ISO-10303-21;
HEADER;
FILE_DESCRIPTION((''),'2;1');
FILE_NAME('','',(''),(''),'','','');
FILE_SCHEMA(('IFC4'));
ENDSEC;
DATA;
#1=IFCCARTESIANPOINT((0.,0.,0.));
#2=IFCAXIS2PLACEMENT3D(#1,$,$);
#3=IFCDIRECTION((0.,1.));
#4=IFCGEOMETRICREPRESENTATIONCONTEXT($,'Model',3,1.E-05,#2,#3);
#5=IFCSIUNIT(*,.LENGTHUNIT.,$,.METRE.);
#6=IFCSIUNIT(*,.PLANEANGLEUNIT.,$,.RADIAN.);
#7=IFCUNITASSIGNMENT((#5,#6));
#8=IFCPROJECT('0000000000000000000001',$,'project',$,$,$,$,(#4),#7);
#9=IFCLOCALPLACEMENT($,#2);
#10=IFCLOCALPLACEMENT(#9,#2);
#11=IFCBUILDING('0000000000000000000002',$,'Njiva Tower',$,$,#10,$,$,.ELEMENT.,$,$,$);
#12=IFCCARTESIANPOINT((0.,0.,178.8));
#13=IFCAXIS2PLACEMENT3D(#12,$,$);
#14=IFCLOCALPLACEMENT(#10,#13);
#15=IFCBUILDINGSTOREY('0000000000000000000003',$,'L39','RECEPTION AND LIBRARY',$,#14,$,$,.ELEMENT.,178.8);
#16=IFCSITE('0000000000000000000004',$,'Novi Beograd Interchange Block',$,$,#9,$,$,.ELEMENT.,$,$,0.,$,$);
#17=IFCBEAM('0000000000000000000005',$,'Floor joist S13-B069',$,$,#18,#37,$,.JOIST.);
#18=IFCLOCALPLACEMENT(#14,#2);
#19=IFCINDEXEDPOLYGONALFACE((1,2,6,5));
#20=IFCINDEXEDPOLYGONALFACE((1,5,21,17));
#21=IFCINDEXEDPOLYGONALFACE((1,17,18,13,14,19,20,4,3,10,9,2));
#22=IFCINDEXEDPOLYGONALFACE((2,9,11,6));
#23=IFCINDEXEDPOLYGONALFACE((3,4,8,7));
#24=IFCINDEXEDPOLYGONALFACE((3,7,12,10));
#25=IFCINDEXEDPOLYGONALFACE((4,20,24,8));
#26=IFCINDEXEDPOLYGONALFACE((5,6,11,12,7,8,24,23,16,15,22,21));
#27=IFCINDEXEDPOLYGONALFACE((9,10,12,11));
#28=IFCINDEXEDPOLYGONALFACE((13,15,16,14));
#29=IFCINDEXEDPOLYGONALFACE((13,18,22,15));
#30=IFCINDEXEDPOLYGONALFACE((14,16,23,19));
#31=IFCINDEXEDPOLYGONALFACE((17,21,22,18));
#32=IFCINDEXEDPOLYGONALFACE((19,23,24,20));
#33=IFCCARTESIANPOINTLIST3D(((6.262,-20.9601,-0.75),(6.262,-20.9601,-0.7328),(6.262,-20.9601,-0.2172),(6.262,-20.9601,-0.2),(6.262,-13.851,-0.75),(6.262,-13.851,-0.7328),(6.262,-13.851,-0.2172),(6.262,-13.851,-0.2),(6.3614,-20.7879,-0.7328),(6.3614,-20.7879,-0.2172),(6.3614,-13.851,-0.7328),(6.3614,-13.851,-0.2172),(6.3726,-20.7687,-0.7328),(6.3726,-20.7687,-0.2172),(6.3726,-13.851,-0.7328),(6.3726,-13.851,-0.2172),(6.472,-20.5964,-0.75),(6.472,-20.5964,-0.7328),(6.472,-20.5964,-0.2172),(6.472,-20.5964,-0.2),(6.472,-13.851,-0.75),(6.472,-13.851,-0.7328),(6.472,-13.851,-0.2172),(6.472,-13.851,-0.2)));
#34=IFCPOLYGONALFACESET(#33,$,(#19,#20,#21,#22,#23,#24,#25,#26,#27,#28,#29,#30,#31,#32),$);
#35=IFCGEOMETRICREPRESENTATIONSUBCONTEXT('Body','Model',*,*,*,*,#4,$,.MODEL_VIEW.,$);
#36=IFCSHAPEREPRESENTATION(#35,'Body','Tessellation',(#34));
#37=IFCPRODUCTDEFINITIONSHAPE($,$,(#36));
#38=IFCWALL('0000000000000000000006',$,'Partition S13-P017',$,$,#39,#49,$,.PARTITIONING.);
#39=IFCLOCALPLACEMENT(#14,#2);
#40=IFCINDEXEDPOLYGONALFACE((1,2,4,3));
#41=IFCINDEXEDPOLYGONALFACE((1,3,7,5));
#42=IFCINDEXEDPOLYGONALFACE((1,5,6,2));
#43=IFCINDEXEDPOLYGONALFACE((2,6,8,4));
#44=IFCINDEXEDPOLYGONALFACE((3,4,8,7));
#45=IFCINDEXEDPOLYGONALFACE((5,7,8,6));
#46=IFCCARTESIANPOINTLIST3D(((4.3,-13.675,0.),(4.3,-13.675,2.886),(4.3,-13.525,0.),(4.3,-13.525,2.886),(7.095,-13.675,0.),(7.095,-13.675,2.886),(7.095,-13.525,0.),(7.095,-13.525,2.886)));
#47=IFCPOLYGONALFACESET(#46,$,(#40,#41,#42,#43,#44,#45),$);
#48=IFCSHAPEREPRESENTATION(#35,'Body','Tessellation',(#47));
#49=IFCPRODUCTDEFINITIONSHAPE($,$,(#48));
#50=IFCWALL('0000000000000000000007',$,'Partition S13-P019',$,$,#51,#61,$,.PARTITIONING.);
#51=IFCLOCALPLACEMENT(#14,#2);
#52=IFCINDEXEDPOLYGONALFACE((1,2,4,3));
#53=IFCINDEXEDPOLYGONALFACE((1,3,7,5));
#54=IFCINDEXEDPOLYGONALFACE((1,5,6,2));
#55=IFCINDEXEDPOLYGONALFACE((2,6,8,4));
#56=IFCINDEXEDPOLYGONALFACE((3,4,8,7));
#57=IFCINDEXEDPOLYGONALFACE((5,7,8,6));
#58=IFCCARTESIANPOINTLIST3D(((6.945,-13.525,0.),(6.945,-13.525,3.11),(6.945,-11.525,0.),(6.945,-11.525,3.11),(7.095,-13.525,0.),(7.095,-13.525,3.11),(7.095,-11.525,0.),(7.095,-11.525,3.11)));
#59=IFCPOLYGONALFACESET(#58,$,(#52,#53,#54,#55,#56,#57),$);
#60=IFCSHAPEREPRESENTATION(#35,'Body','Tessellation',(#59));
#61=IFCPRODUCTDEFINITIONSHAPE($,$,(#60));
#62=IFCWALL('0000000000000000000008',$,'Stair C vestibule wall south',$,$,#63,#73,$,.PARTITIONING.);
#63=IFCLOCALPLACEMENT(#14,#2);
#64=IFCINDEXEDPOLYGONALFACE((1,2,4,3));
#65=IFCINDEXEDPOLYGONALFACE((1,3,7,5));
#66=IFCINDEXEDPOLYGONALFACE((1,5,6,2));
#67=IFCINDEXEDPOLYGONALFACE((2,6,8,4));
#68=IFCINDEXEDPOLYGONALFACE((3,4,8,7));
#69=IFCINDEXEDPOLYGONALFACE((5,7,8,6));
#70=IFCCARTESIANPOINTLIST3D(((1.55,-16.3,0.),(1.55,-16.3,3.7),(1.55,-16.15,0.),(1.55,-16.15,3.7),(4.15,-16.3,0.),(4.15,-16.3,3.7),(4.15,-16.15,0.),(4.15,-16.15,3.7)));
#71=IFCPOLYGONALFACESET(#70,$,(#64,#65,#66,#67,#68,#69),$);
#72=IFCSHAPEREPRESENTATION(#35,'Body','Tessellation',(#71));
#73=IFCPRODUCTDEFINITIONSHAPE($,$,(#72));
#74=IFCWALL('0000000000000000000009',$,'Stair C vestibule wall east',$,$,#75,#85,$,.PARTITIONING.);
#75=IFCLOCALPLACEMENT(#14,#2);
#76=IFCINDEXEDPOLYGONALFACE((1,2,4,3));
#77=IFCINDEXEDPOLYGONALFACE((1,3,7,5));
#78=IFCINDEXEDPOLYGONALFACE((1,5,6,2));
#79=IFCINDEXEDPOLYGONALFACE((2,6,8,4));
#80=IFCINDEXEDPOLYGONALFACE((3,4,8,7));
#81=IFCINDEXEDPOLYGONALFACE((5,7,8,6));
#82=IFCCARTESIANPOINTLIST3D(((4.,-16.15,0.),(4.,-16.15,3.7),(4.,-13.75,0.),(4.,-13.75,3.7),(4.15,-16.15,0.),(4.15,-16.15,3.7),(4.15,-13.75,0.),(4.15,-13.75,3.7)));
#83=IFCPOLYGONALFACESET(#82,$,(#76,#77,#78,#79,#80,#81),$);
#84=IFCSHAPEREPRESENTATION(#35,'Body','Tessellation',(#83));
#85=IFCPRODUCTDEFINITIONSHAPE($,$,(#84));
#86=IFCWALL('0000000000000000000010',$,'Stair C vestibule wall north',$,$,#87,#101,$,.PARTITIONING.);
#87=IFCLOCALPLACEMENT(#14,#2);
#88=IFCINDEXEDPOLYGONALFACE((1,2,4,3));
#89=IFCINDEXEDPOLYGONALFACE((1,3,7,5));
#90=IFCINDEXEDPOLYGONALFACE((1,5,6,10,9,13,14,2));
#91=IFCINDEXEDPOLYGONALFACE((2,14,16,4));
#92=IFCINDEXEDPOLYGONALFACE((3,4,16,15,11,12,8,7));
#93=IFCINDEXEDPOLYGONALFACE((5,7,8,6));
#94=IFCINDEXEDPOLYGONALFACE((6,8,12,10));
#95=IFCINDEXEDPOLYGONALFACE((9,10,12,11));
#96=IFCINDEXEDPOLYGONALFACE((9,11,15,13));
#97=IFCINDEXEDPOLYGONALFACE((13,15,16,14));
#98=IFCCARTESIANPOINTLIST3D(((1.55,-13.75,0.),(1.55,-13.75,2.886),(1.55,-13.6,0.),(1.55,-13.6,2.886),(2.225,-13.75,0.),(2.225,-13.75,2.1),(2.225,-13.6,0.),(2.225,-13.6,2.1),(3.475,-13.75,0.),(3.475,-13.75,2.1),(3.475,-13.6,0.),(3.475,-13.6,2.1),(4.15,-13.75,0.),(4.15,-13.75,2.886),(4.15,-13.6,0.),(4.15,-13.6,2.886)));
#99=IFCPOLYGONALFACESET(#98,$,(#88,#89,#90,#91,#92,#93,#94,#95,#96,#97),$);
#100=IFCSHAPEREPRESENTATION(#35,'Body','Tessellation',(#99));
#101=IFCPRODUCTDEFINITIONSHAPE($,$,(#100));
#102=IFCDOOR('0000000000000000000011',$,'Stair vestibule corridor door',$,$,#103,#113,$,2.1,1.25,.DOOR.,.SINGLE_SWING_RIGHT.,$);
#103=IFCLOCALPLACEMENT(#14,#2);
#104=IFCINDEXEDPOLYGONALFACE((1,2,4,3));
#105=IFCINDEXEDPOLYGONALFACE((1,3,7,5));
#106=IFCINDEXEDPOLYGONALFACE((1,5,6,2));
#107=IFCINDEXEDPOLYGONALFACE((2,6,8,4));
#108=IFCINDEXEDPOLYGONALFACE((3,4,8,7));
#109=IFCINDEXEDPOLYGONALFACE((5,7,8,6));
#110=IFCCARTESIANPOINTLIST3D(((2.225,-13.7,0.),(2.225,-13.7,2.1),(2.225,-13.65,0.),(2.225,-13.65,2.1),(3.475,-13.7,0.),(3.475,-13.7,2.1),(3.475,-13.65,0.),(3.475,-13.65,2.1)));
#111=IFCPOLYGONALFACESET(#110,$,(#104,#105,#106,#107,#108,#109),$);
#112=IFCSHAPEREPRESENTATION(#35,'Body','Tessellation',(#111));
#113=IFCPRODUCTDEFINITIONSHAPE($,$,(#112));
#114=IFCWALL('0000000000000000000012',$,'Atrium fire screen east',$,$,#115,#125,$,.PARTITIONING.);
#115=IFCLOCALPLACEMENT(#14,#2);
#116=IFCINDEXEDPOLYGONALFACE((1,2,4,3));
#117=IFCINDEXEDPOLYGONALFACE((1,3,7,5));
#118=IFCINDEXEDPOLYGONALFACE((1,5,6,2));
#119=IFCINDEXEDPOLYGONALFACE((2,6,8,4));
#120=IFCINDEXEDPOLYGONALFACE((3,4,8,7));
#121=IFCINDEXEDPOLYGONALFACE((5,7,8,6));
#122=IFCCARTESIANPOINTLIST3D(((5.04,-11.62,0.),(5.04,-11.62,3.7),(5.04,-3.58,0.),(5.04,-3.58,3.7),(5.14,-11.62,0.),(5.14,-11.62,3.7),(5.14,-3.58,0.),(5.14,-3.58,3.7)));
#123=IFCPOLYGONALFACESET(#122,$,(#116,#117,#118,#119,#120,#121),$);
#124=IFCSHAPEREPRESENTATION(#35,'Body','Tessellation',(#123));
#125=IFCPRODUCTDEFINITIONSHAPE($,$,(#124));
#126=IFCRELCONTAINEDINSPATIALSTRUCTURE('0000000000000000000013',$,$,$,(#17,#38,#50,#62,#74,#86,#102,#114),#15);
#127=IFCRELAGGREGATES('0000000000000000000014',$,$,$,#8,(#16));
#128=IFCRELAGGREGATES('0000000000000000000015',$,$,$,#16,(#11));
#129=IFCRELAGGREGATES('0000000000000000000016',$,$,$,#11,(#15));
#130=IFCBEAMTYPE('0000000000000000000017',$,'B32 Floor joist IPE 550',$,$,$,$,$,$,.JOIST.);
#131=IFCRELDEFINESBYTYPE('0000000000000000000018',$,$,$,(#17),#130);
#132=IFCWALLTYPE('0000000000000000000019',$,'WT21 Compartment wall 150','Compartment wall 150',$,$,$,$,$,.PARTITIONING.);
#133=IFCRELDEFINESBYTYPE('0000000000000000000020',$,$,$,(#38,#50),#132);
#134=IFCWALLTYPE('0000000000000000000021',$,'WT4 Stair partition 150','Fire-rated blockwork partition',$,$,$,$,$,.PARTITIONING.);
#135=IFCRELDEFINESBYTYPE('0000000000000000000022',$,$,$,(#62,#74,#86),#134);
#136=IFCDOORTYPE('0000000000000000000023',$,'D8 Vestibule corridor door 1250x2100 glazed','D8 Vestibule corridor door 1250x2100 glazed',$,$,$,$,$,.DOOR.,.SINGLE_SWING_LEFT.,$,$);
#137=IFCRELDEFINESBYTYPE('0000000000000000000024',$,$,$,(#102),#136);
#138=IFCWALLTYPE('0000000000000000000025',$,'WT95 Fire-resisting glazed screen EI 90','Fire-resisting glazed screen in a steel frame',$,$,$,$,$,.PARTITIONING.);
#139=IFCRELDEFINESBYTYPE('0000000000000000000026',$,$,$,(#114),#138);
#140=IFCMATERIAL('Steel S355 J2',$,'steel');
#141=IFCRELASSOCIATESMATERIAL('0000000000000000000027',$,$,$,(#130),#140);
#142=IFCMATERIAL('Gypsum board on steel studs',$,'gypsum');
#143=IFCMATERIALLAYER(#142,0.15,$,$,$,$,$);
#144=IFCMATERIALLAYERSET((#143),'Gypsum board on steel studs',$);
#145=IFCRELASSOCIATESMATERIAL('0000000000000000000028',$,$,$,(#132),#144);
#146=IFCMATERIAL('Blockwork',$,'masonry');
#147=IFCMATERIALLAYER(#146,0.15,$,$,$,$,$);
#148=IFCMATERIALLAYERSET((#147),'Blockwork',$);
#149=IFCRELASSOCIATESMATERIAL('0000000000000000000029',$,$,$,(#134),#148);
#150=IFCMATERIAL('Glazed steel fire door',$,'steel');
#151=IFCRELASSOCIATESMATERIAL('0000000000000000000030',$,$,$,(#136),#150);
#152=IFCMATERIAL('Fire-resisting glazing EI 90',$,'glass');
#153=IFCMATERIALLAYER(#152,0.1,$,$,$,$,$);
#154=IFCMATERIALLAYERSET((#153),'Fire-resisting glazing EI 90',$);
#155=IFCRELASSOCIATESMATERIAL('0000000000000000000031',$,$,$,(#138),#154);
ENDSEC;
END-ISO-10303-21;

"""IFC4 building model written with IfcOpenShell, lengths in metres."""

from ifc_helpers import new_model, si_unit, direction, frame, frame_2d, origin, origin_2d, place, context, subcontext, project, spatial, rectangle, i_section, extrude, clip, halfspace, material, layer, layer_set, material_profile, profile_set, type_object, element, fill, save


model = new_model("IFC4")

# Units and contexts
model_context = context("Model", 3, precision=1e-05, world=origin(), true_north=direction((0.0, 1.0)))
body_context = subcontext(model_context, "Body", "Model", "MODEL_VIEW")
ifc_project = project(units=[si_unit("LENGTHUNIT", "METRE"), si_unit("PLANEANGLEUNIT", "RADIAN")], contexts=[model_context])

# Site, building, storey
site_placement = place(None, origin())
site = spatial("IfcSite", under=ifc_project, at=site_placement, Name="Novi Beograd Interchange Block", CompositionType="ELEMENT", RefElevation=0.0)
building_placement = place(site_placement, origin())
building = spatial("IfcBuilding", under=site, at=building_placement, Name="Njiva Tower", CompositionType="ELEMENT")
storey_placement = place(building_placement, frame((0.0, 0.0, 178.8)))
storey = spatial("IfcBuildingStorey", under=building, at=storey_placement, Name="L39", Description="RECEPTION AND LIBRARY", CompositionType="ELEMENT", Elevation=178.8)

# Shared definitions
ifc_material_1 = material(Name="Steel S355 J2", Category="steel")

# Beam
ifc_material_profile_1 = material_profile(ifc_material_1, i_section(OverallWidth=0.21, OverallDepth=0.55, WebThickness=0.0111, FlangeThickness=0.0172, at=origin_2d()), Name="IPE 550")
ifc_profile_set_1 = profile_set([ifc_material_profile_1], Name="Steel S355 J2")
beam_type_1 = type_object("IfcBeamType", Name="B32 Floor joist IPE 550", PredefinedType="JOIST", material=ifc_profile_set_1)
beam_1_placement = place(storey_placement, frame((6.367, -13.851, -0.475), z_axis=(0.0, -1.0, 0.0), x_axis=(1.0, 0.0, 0.0)))
element("IfcBeam", 1, at=beam_1_placement, inside=storey, type_object=beam_type_1, Name="Floor joist S13-B069", PredefinedType="JOIST", context=body_context, shape_type="Clipping", body=[
    clip(extrude(i_section(OverallWidth=0.21, OverallDepth=0.55, WebThickness=0.0111, FlangeThickness=0.0172, at=origin_2d()), origin(), (0.0, 0.0, 1.0), 7.13), halfspace(frame((0.043, 0.0, 6.8528), z_axis=(0.866027, 0.0, 0.499998), x_axis=(0.0, 1.0, 0.0)), False)),
])

# Walls
ifc_material_2 = material(Name="Gypsum board on steel studs", Category="gypsum")
ifc_layer_1 = layer(ifc_material_2, 0.15)
ifc_layer_set_1 = layer_set([ifc_layer_1], Name="Gypsum board on steel studs")
wall_type_1 = type_object("IfcWallType", Name="WT21 Compartment wall 150", Description="Compartment wall 150", PredefinedType="PARTITIONING", material=ifc_layer_set_1)
wall_1_placement = place(storey_placement, frame((4.3, -13.6, 0.0), z_axis=(0.0, 0.0, 1.0), x_axis=(1.0, 0.0, 0.0)))
element("IfcWall", 2, at=wall_1_placement, inside=storey, type_object=wall_type_1, Name="Partition S13-P017", PredefinedType="PARTITIONING", context=body_context, shape_type="SweptSolid", body=[
    extrude(rectangle(XDim=2.795, YDim=0.15, at=frame_2d((1.3975, 0.0))), origin(), (0.0, 0.0, 1.0), 2.886),
])
wall_2_placement = place(storey_placement, frame((7.02, -13.525, 0.0), z_axis=(0.0, 0.0, 1.0), x_axis=(0.0, 1.0, 0.0)))
element("IfcWall", 3, at=wall_2_placement, inside=storey, type_object=wall_type_1, Name="Partition S13-P019", PredefinedType="PARTITIONING", context=body_context, shape_type="SweptSolid", body=[
    extrude(rectangle(XDim=2.0, YDim=0.15, at=frame_2d((1.0, 0.0))), origin(), (0.0, 0.0, 1.0), 3.11),
])
ifc_material_3 = material(Name="Blockwork", Category="masonry")
ifc_layer_2 = layer(ifc_material_3, 0.15)
ifc_layer_set_2 = layer_set([ifc_layer_2], Name="Blockwork")
wall_type_2 = type_object("IfcWallType", Name="WT4 Stair partition 150", Description="Fire-rated blockwork partition", PredefinedType="PARTITIONING", material=ifc_layer_set_2)
wall_3_placement = place(storey_placement, frame((1.55, -16.225, 0.0), z_axis=(0.0, 0.0, 1.0), x_axis=(1.0, 0.0, 0.0)))
element("IfcWall", 4, at=wall_3_placement, inside=storey, type_object=wall_type_2, Name="Stair C vestibule wall south", PredefinedType="PARTITIONING", context=body_context, shape_type="SweptSolid", body=[
    extrude(rectangle(XDim=2.6, YDim=0.15, at=frame_2d((1.3, 0.0))), origin(), (0.0, 0.0, 1.0), 3.7),
])
wall_4_placement = place(storey_placement, frame((4.075, -16.15, 0.0), z_axis=(0.0, 0.0, 1.0), x_axis=(0.0, 1.0, 0.0)))
element("IfcWall", 5, at=wall_4_placement, inside=storey, type_object=wall_type_2, Name="Stair C vestibule wall east", PredefinedType="PARTITIONING", context=body_context, shape_type="SweptSolid", body=[
    extrude(rectangle(XDim=2.4, YDim=0.15, at=frame_2d((1.2, 0.0))), origin(), (0.0, 0.0, 1.0), 3.7),
])

# Wall, opening, door
wall_5_placement = place(storey_placement, frame((1.55, -13.675, 0.0), z_axis=(0.0, 0.0, 1.0), x_axis=(1.0, 0.0, 0.0)))
wall_5 = element("IfcWall", 6, at=wall_5_placement, inside=storey, type_object=wall_type_2, Name="Stair C vestibule wall north", PredefinedType="PARTITIONING", context=body_context, shape_type="SweptSolid", body=[
    extrude(rectangle(XDim=2.6, YDim=0.15, at=frame_2d((1.3, 0.0))), origin(), (0.0, 0.0, 1.0), 2.886),
])
opening_placement = place(wall_5_placement, frame((0.675, 0.0, 0.0)))
opening = element("IfcOpeningElement", 7, at=opening_placement, cuts=wall_5, PredefinedType="OPENING", context=body_context, shape_type="SweptSolid", body=[
    extrude(rectangle(XDim=1.25, YDim=2.1, at=frame_2d((0.625, 1.05))), frame((0.0, 0.085, 0.0), z_axis=(0.0, -1.0, 0.0), x_axis=(1.0, 0.0, 0.0)), (0.0, 0.0, 1.0), 0.17),
])
ifc_material_4 = material(Name="Glazed steel fire door", Category="steel")
door_type = type_object("IfcDoorType", Name="D8 Vestibule corridor door 1250x2100 glazed", Description="D8 Vestibule corridor door 1250x2100 glazed", OperationType="SINGLE_SWING_LEFT", PredefinedType="DOOR", material=ifc_material_4)
door_placement = place(opening_placement, origin())
door = element("IfcDoor", 8, at=door_placement, inside=storey, type_object=door_type, Name="Stair vestibule corridor door", OperationType="SINGLE_SWING_RIGHT", OverallHeight=2.1, OverallWidth=1.25, PredefinedType="DOOR", context=body_context, shape_type="SweptSolid", body=[
    extrude(rectangle(XDim=1.25, YDim=2.1, at=frame_2d((0.625, 1.05))), frame((0.0, 0.025, 0.0), z_axis=(0.0, -1.0, 0.0), x_axis=(1.0, 0.0, 0.0)), (0.0, 0.0, 1.0), 0.05),
])
fill(opening, door)

# Wall
ifc_material_5 = material(Name="Fire-resisting glazing EI 90", Category="glass")
ifc_layer_3 = layer(ifc_material_5, 0.1)
ifc_layer_set_3 = layer_set([ifc_layer_3], Name="Fire-resisting glazing EI 90")
wall_type_3 = type_object("IfcWallType", Name="WT95 Fire-resisting glazed screen EI 90", Description="Fire-resisting glazed screen in a steel frame", PredefinedType="PARTITIONING", material=ifc_layer_set_3)
wall_6_placement = place(storey_placement, frame((5.09, -11.62, 0.0), z_axis=(0.0, 0.0, 1.0), x_axis=(0.0, 1.0, 0.0)))
element("IfcWall", 9, at=wall_6_placement, inside=storey, type_object=wall_type_3, Name="Atrium fire screen east", PredefinedType="PARTITIONING", context=body_context, shape_type="SweptSolid", body=[
    extrude(rectangle(XDim=8.04, YDim=0.1, at=frame_2d((4.02, 0.0))), origin(), (0.0, 0.0, 1.0), 3.7),
])

save(model, "model.ifc")
